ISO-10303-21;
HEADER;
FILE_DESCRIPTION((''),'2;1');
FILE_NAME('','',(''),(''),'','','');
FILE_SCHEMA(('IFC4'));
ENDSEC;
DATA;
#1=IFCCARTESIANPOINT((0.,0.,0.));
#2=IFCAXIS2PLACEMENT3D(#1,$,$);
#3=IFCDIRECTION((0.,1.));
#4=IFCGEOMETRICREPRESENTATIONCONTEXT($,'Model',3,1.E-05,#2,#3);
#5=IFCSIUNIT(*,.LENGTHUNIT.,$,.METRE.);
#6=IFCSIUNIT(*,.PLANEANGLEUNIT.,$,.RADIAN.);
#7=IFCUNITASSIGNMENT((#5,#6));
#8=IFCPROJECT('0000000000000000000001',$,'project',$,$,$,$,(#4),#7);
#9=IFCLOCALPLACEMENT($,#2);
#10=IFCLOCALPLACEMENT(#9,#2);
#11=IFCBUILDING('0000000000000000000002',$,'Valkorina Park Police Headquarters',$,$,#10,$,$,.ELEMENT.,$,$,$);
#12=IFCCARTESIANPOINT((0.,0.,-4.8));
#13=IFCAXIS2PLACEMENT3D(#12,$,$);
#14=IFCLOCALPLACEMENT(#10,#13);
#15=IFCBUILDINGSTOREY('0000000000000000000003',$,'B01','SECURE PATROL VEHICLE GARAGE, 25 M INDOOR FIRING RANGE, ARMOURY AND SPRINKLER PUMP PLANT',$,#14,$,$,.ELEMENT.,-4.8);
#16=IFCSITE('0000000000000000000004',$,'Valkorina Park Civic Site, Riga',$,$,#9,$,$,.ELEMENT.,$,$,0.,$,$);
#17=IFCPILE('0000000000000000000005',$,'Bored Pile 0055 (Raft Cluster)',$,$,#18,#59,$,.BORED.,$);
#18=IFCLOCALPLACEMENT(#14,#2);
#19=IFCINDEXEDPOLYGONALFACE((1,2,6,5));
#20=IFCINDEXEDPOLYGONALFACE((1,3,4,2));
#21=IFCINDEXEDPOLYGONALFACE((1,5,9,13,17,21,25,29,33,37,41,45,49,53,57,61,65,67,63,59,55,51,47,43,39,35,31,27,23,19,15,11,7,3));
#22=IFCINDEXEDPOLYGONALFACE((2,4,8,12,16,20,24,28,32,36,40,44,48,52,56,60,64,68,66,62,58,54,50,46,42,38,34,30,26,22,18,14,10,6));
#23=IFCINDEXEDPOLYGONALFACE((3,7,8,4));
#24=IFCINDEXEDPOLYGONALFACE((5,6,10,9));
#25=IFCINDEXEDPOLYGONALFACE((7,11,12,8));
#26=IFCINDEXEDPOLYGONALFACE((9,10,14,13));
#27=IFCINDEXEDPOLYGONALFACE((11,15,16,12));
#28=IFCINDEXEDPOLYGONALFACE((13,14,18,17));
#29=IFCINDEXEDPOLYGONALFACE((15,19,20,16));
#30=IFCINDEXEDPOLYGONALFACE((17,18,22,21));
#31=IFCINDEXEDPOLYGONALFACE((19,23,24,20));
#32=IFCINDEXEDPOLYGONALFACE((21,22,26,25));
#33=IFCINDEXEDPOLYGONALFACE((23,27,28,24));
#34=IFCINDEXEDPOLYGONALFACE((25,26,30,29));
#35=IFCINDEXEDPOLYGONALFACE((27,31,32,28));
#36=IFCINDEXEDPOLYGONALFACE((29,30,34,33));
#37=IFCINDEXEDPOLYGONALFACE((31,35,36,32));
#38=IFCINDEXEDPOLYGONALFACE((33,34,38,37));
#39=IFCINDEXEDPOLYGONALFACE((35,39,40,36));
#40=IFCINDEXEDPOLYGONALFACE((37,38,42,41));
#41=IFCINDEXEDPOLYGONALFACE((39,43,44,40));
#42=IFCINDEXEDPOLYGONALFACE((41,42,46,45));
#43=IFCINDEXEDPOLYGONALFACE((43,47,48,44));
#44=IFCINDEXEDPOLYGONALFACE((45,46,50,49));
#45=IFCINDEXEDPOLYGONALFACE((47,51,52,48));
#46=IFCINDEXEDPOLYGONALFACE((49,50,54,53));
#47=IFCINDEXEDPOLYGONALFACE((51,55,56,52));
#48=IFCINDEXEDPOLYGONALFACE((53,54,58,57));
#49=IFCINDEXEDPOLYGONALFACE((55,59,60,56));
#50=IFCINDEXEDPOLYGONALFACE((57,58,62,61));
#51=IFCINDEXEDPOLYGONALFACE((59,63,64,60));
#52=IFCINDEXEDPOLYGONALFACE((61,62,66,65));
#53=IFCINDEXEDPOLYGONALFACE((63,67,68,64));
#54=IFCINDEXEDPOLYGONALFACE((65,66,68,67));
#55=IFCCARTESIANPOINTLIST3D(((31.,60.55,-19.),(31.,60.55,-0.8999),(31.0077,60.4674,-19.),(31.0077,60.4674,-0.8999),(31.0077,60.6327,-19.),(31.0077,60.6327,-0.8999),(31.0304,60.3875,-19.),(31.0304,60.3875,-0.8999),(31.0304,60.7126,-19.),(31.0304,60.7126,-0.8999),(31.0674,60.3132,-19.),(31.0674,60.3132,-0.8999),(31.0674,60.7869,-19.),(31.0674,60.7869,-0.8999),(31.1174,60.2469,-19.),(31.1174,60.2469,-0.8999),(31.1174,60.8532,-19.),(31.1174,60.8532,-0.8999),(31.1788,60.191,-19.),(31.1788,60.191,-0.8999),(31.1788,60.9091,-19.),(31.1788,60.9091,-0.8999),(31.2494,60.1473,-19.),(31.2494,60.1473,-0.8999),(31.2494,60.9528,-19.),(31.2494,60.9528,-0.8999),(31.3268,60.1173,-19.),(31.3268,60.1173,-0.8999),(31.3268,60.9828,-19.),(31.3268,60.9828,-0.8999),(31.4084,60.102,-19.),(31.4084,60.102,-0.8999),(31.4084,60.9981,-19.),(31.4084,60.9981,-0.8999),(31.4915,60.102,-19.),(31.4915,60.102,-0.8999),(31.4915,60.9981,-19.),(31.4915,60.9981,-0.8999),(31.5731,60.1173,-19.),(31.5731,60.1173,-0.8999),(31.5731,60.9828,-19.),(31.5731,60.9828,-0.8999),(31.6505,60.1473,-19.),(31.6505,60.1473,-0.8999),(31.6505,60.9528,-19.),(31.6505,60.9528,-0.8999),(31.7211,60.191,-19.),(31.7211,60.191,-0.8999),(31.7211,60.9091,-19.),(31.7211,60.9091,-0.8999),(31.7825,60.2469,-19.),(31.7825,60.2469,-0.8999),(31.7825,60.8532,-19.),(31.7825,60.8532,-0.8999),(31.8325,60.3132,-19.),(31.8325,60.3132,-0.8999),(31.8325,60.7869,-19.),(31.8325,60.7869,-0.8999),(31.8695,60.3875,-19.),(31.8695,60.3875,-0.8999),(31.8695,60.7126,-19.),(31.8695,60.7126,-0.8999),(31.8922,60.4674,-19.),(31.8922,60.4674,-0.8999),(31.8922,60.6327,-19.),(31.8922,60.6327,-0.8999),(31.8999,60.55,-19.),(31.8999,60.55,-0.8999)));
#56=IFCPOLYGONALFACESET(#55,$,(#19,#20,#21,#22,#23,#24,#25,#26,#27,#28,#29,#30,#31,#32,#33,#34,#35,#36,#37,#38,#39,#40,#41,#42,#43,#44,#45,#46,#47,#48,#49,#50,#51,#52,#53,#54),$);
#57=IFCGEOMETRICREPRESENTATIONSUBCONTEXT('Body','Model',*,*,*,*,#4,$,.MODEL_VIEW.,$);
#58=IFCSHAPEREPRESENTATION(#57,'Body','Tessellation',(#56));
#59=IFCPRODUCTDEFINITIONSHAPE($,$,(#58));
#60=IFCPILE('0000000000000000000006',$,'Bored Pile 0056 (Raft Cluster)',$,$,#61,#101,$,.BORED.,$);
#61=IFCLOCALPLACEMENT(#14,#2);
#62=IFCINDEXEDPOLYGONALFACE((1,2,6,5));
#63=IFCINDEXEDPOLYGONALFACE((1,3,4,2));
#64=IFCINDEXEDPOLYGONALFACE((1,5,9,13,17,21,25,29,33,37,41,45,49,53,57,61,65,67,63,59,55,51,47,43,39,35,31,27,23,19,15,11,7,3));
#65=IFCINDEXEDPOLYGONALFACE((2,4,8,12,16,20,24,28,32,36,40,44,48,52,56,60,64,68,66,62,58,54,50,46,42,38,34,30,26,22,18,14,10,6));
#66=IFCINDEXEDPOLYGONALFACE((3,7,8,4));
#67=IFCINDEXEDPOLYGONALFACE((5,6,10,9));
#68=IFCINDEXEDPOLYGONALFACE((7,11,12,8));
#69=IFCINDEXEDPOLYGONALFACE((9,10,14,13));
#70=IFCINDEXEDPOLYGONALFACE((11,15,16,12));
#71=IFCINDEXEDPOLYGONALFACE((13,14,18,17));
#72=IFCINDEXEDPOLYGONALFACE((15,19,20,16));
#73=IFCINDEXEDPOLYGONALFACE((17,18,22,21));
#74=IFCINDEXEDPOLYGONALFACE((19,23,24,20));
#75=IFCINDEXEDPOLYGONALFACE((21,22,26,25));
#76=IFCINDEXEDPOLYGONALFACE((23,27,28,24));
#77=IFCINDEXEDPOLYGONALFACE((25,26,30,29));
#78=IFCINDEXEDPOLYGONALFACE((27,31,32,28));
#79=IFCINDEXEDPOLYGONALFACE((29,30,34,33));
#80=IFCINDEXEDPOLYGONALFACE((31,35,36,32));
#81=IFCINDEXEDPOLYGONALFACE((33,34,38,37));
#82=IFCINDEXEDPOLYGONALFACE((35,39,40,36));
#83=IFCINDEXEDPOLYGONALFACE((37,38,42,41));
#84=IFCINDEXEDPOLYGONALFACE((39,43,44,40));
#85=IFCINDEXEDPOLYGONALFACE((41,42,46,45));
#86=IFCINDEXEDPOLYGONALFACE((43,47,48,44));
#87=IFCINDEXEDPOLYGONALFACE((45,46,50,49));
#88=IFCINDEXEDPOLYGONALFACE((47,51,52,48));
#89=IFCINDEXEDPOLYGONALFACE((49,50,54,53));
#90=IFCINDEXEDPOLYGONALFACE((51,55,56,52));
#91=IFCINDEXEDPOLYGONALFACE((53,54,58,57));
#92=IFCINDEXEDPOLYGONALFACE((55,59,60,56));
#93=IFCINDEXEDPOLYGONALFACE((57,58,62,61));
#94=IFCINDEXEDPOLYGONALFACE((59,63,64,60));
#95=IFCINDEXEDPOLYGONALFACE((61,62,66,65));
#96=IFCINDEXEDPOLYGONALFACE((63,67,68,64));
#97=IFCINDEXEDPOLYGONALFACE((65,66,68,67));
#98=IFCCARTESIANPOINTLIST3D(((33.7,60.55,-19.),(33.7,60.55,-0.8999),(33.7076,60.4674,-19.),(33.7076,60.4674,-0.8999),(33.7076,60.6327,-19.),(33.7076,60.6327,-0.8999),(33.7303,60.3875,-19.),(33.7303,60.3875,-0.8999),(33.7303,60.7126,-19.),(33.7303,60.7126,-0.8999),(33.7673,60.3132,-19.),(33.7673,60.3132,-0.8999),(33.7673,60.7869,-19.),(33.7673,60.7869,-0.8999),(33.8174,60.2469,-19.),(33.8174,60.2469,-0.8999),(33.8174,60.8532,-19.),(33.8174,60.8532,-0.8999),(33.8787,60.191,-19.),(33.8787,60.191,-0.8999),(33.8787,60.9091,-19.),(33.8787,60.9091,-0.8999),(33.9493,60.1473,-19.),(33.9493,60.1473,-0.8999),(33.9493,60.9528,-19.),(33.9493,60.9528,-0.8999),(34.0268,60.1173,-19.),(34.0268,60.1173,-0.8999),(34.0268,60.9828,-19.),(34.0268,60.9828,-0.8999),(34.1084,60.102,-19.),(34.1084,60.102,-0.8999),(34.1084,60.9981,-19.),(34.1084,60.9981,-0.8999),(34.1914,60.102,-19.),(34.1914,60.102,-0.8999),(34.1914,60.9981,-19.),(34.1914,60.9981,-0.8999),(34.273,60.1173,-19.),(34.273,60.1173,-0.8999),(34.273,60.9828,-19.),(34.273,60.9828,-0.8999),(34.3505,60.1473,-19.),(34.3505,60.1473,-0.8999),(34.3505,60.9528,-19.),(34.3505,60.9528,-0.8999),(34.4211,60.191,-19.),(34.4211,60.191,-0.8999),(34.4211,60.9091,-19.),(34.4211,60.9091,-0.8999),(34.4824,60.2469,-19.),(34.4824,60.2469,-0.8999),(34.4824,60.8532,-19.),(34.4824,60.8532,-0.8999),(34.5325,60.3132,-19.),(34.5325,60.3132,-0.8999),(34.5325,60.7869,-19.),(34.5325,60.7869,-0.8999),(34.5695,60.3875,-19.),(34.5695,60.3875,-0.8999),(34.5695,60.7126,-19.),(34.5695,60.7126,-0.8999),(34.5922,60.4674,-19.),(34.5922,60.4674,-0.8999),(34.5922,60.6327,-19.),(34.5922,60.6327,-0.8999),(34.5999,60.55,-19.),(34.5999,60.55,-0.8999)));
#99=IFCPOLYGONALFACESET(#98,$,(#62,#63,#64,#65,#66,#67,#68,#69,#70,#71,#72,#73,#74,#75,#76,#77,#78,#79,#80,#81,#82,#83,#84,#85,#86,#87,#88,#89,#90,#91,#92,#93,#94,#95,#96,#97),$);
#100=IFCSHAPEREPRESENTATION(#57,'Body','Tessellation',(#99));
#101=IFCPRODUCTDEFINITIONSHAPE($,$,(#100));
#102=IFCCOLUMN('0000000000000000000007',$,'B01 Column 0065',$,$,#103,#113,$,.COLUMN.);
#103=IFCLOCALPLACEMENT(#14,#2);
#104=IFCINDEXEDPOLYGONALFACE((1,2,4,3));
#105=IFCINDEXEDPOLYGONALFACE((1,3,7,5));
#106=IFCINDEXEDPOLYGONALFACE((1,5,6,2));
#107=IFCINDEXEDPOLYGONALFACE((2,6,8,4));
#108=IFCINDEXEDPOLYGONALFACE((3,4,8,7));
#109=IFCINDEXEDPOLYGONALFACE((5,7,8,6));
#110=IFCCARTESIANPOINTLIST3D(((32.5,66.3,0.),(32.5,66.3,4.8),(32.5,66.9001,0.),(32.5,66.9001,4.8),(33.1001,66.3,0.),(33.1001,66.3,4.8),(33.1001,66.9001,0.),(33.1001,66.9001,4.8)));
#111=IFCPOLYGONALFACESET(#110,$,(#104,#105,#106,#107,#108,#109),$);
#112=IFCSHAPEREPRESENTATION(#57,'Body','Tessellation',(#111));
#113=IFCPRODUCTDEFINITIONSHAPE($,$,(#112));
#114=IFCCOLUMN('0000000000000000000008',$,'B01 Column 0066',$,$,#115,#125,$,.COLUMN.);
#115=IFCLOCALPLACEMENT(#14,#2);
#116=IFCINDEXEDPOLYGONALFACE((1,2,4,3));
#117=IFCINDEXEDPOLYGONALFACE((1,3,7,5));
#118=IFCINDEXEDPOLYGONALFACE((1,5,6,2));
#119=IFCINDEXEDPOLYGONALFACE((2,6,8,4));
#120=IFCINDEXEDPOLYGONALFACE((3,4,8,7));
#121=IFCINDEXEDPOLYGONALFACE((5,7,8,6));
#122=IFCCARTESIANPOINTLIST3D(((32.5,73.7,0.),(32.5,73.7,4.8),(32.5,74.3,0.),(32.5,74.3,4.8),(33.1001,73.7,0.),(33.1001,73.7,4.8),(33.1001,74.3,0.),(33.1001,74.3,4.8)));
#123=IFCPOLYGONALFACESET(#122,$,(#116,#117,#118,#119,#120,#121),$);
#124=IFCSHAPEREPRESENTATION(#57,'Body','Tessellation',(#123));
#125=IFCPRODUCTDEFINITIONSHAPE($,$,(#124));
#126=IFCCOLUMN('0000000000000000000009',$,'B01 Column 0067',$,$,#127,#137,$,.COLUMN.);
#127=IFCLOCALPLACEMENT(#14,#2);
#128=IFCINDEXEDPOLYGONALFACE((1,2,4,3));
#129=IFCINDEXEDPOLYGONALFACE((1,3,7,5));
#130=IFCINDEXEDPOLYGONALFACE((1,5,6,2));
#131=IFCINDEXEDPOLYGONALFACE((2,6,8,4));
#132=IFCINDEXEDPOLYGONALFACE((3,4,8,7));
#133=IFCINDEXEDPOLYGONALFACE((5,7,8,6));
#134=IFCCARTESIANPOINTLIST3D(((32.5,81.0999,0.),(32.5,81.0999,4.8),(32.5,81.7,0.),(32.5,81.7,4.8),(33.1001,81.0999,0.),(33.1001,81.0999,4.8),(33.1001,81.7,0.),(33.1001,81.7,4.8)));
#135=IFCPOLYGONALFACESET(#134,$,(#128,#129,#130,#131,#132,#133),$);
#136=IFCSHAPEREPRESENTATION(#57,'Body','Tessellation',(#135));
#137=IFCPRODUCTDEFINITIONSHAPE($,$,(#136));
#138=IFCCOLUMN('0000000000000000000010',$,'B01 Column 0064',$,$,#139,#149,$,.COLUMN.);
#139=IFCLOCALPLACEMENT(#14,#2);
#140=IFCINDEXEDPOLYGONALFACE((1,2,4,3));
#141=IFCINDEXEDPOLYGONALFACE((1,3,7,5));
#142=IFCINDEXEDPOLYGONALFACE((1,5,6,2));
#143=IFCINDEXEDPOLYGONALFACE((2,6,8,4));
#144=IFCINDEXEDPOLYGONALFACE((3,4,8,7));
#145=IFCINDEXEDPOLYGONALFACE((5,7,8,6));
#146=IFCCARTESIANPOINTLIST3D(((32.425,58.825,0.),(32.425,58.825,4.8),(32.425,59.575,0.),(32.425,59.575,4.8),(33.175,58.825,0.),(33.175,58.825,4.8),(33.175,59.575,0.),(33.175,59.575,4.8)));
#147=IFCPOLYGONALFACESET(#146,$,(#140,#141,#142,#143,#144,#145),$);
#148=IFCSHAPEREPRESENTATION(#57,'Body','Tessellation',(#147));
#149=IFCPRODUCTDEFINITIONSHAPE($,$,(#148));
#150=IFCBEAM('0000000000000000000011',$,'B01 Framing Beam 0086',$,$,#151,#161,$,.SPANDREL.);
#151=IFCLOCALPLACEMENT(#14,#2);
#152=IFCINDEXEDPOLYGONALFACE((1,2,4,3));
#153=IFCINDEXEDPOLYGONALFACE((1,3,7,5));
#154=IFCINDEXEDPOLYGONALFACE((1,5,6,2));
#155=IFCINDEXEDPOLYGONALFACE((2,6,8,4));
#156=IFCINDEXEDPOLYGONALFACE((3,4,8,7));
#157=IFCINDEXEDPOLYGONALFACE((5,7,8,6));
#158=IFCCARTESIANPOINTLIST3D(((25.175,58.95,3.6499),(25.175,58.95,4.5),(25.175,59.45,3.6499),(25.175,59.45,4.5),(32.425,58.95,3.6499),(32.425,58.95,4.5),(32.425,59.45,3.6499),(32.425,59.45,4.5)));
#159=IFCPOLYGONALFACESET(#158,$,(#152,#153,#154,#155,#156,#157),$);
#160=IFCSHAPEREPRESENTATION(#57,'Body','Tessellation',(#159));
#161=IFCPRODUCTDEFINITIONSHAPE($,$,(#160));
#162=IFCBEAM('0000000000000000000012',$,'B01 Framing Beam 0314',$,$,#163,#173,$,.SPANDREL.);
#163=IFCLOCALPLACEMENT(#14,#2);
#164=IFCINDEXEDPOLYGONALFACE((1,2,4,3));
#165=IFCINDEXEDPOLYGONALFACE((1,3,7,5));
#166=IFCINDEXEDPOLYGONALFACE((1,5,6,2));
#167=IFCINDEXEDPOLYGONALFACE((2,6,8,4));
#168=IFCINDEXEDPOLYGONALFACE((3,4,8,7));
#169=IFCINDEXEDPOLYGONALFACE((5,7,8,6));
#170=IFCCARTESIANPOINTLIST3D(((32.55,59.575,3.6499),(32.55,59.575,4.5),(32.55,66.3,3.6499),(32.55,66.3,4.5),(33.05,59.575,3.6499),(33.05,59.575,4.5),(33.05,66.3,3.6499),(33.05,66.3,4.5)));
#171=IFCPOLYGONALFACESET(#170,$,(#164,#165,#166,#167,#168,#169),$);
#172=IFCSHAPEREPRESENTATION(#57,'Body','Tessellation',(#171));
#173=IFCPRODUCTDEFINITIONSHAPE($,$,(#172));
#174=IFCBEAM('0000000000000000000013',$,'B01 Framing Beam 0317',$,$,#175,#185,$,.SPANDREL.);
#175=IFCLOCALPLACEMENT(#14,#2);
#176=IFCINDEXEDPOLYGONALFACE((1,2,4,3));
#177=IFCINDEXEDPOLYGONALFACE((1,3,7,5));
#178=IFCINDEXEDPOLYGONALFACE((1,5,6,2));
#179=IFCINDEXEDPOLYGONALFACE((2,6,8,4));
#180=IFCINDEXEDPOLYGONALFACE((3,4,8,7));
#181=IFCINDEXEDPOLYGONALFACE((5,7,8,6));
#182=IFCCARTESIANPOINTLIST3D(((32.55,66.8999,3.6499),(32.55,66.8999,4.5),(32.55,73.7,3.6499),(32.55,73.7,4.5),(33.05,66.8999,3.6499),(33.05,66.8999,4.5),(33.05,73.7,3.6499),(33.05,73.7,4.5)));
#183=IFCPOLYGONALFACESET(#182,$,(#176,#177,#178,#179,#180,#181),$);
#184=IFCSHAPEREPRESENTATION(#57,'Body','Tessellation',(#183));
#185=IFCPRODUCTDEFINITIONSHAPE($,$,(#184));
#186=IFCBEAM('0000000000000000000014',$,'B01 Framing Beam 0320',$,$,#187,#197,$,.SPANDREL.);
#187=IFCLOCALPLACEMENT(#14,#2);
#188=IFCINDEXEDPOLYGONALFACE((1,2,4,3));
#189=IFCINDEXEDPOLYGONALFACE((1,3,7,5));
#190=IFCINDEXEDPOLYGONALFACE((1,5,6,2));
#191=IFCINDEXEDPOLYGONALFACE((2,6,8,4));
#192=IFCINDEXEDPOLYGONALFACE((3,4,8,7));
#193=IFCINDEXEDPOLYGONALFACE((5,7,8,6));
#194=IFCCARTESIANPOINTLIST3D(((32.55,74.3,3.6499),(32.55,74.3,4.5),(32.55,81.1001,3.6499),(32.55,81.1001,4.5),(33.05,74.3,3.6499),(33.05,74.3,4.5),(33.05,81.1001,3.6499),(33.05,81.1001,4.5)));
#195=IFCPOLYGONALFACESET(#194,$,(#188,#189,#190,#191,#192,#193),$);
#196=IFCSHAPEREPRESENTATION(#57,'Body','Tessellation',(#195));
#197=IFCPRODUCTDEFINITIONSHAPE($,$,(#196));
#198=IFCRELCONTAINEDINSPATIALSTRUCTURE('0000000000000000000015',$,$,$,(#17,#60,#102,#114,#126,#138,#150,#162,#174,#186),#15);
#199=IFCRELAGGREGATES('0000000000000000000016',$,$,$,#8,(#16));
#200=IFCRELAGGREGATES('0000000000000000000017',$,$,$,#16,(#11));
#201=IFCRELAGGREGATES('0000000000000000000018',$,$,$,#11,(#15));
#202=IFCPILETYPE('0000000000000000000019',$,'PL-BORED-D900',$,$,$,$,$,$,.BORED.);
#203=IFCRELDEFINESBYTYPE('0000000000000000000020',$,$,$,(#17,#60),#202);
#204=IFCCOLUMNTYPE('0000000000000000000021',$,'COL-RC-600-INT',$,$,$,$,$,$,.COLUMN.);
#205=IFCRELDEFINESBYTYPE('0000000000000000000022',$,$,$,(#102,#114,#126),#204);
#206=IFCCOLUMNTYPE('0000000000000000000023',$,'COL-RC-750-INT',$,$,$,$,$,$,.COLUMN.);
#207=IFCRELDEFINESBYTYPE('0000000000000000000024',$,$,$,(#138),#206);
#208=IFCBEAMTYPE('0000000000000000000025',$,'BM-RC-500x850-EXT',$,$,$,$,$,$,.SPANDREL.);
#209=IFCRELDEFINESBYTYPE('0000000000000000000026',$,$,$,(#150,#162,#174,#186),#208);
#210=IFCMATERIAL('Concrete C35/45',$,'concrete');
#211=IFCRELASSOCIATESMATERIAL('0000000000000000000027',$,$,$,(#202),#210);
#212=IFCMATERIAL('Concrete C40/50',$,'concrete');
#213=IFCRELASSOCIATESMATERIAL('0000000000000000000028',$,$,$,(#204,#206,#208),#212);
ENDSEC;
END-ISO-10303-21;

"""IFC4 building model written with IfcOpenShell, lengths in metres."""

from ifc_helpers import new_model, si_unit, direction, frame, origin, origin_2d, place, context, subcontext, project, spatial, rectangle, circle, extrude, material, material_profile, profile_set, type_object, element, save


model = new_model("IFC4")

# Units and contexts
model_context = context("Model", 3, precision=1e-05, world=origin(), true_north=direction((0.0, 1.0)))
body_context = subcontext(model_context, "Body", "Model", "MODEL_VIEW")
ifc_project = project(units=[si_unit("LENGTHUNIT", "METRE"), si_unit("PLANEANGLEUNIT", "RADIAN")], contexts=[model_context])

# Site, building, storey
site_placement = place(None, origin())
site = spatial("IfcSite", under=ifc_project, at=site_placement, Name="Valkorina Park Civic Site, Riga", CompositionType="ELEMENT", RefElevation=0.0)
building_placement = place(site_placement, origin())
building = spatial("IfcBuilding", under=site, at=building_placement, Name="Valkorina Park Police Headquarters", CompositionType="ELEMENT")
storey_placement = place(building_placement, frame((0.0, 0.0, -4.8)))
storey = spatial("IfcBuildingStorey", under=building, at=storey_placement, Name="B01", Description="SECURE PATROL VEHICLE GARAGE, 25 M INDOOR FIRING RANGE, ARMOURY AND SPRINKLER PUMP PLANT", CompositionType="ELEMENT", Elevation=-4.8)

# Piles
ifc_material_1 = material(Name="Concrete C35/45", Category="concrete")
ifc_material_profile_1 = material_profile(ifc_material_1, circle(Radius=0.45, at=origin_2d()), Name="BORED PILE D900")
ifc_profile_set_1 = profile_set([ifc_material_profile_1], Name="Concrete C35/45")
pile_type_1 = type_object("IfcPileType", Name="PL-BORED-D900", PredefinedType="BORED", material=ifc_profile_set_1)
for number, where, z_axis, x_axis, name in (
    (1, (31.45, 60.55, -0.8999), (0.0, 0.0, -1.0), (1.0, 0.0, 0.0), "Bored Pile 0055 (Raft Cluster)"),
    (2, (34.1499, 60.55, -0.8999), (0.0, 0.0, -1.0), (1.0, 0.0, 0.0), "Bored Pile 0056 (Raft Cluster)"),
):
    element("IfcPile", number, at=place(storey_placement, frame(where, z_axis=z_axis, x_axis=x_axis)), inside=storey, type_object=pile_type_1, Name=name, PredefinedType="BORED", context=body_context, shape_type="SweptSolid", body=[
        extrude(circle(Radius=0.45, at=origin_2d()), origin(), (0.0, 0.0, 1.0), 18.1001),
    ])

# Columns
ifc_material_2 = material(Name="Concrete C40/50", Category="concrete")
ifc_material_profile_2 = material_profile(ifc_material_2, rectangle(XDim=0.6001, YDim=0.6001, at=origin_2d()), Name="RC COL 600x600")
ifc_profile_set_2 = profile_set([ifc_material_profile_2], Name="Concrete C40/50")
column_type_1 = type_object("IfcColumnType", Name="COL-RC-600-INT", PredefinedType="COLUMN", material=ifc_profile_set_2)
for number, where, z_axis, x_axis, name in (
    (3, (32.8, 66.6001, 0.0), (0.0, 0.0, 1.0), (1.0, 0.0, 0.0), "B01 Column 0065"),
    (4, (32.8, 74.0, 0.0), (0.0, 0.0, 1.0), (1.0, 0.0, 0.0), "B01 Column 0066"),
    (5, (32.8, 81.3999, 0.0), (0.0, 0.0, 1.0), (1.0, 0.0, 0.0), "B01 Column 0067"),
):
    element("IfcColumn", number, at=place(storey_placement, frame(where, z_axis=z_axis, x_axis=x_axis)), inside=storey, type_object=column_type_1, Name=name, PredefinedType="COLUMN", context=body_context, shape_type="SweptSolid", body=[
        extrude(rectangle(XDim=0.6001, YDim=0.6001, at=origin_2d()), origin(), (0.0, 0.0, 1.0), 4.8),
    ])
ifc_material_profile_3 = material_profile(ifc_material_2, rectangle(XDim=0.75, YDim=0.75, at=origin_2d()), Name="RC COL 750x750")
ifc_profile_set_3 = profile_set([ifc_material_profile_3], Name="Concrete C40/50")
column_type_2 = type_object("IfcColumnType", Name="COL-RC-750-INT", PredefinedType="COLUMN", material=ifc_profile_set_3)
column_placement = place(storey_placement, frame((32.8, 59.2, 0.0), z_axis=(0.0, 0.0, 1.0), x_axis=(1.0, 0.0, 0.0)))
element("IfcColumn", 6, at=column_placement, inside=storey, type_object=column_type_2, Name="B01 Column 0064", PredefinedType="COLUMN", context=body_context, shape_type="SweptSolid", body=[
    extrude(rectangle(XDim=0.75, YDim=0.75, at=origin_2d()), origin(), (0.0, 0.0, 1.0), 4.8),
])

# Beams
ifc_material_profile_4 = material_profile(ifc_material_2, rectangle(XDim=0.5, YDim=0.8501, at=origin_2d()), Name="RC BEAM 500x850")
ifc_profile_set_4 = profile_set([ifc_material_profile_4], Name="Concrete C40/50")
beam_type_1 = type_object("IfcBeamType", Name="BM-RC-500x850-EXT", PredefinedType="SPANDREL", material=ifc_profile_set_4)
beam_1_placement = place(storey_placement, frame((25.175, 59.2, 4.075), z_axis=(1.0, 0.0, 0.0), x_axis=(0.0, 1.0, 0.0)))
element("IfcBeam", 7, at=beam_1_placement, inside=storey, type_object=beam_type_1, Name="B01 Framing Beam 0086", PredefinedType="SPANDREL", context=body_context, shape_type="SweptSolid", body=[
    extrude(rectangle(XDim=0.5, YDim=0.8501, at=origin_2d()), origin(), (0.0, 0.0, 1.0), 7.25),
])
beam_2_placement = place(storey_placement, frame((32.8, 59.575, 4.075), z_axis=(0.0, 1.0, 0.0), x_axis=(-1.0, 0.0, 0.0)))
element("IfcBeam", 8, at=beam_2_placement, inside=storey, type_object=beam_type_1, Name="B01 Framing Beam 0314", PredefinedType="SPANDREL", context=body_context, shape_type="SweptSolid", body=[
    extrude(rectangle(XDim=0.5, YDim=0.8501, at=origin_2d()), origin(), (0.0, 0.0, 1.0), 6.7251),
])
for number, where, z_axis, x_axis, name in (
    (9, (32.8, 66.8999, 4.075), (0.0, 1.0, 0.0), (-1.0, 0.0, 0.0), "B01 Framing Beam 0317"),
    (10, (32.8, 74.3, 4.075), (0.0, 1.0, 0.0), (-1.0, 0.0, 0.0), "B01 Framing Beam 0320"),
):
    element("IfcBeam", number, at=place(storey_placement, frame(where, z_axis=z_axis, x_axis=x_axis)), inside=storey, type_object=beam_type_1, Name=name, PredefinedType="SPANDREL", context=body_context, shape_type="SweptSolid", body=[
        extrude(rectangle(XDim=0.5, YDim=0.8501, at=origin_2d()), origin(), (0.0, 0.0, 1.0), 6.8),
    ])

save(model, "model.ifc")
